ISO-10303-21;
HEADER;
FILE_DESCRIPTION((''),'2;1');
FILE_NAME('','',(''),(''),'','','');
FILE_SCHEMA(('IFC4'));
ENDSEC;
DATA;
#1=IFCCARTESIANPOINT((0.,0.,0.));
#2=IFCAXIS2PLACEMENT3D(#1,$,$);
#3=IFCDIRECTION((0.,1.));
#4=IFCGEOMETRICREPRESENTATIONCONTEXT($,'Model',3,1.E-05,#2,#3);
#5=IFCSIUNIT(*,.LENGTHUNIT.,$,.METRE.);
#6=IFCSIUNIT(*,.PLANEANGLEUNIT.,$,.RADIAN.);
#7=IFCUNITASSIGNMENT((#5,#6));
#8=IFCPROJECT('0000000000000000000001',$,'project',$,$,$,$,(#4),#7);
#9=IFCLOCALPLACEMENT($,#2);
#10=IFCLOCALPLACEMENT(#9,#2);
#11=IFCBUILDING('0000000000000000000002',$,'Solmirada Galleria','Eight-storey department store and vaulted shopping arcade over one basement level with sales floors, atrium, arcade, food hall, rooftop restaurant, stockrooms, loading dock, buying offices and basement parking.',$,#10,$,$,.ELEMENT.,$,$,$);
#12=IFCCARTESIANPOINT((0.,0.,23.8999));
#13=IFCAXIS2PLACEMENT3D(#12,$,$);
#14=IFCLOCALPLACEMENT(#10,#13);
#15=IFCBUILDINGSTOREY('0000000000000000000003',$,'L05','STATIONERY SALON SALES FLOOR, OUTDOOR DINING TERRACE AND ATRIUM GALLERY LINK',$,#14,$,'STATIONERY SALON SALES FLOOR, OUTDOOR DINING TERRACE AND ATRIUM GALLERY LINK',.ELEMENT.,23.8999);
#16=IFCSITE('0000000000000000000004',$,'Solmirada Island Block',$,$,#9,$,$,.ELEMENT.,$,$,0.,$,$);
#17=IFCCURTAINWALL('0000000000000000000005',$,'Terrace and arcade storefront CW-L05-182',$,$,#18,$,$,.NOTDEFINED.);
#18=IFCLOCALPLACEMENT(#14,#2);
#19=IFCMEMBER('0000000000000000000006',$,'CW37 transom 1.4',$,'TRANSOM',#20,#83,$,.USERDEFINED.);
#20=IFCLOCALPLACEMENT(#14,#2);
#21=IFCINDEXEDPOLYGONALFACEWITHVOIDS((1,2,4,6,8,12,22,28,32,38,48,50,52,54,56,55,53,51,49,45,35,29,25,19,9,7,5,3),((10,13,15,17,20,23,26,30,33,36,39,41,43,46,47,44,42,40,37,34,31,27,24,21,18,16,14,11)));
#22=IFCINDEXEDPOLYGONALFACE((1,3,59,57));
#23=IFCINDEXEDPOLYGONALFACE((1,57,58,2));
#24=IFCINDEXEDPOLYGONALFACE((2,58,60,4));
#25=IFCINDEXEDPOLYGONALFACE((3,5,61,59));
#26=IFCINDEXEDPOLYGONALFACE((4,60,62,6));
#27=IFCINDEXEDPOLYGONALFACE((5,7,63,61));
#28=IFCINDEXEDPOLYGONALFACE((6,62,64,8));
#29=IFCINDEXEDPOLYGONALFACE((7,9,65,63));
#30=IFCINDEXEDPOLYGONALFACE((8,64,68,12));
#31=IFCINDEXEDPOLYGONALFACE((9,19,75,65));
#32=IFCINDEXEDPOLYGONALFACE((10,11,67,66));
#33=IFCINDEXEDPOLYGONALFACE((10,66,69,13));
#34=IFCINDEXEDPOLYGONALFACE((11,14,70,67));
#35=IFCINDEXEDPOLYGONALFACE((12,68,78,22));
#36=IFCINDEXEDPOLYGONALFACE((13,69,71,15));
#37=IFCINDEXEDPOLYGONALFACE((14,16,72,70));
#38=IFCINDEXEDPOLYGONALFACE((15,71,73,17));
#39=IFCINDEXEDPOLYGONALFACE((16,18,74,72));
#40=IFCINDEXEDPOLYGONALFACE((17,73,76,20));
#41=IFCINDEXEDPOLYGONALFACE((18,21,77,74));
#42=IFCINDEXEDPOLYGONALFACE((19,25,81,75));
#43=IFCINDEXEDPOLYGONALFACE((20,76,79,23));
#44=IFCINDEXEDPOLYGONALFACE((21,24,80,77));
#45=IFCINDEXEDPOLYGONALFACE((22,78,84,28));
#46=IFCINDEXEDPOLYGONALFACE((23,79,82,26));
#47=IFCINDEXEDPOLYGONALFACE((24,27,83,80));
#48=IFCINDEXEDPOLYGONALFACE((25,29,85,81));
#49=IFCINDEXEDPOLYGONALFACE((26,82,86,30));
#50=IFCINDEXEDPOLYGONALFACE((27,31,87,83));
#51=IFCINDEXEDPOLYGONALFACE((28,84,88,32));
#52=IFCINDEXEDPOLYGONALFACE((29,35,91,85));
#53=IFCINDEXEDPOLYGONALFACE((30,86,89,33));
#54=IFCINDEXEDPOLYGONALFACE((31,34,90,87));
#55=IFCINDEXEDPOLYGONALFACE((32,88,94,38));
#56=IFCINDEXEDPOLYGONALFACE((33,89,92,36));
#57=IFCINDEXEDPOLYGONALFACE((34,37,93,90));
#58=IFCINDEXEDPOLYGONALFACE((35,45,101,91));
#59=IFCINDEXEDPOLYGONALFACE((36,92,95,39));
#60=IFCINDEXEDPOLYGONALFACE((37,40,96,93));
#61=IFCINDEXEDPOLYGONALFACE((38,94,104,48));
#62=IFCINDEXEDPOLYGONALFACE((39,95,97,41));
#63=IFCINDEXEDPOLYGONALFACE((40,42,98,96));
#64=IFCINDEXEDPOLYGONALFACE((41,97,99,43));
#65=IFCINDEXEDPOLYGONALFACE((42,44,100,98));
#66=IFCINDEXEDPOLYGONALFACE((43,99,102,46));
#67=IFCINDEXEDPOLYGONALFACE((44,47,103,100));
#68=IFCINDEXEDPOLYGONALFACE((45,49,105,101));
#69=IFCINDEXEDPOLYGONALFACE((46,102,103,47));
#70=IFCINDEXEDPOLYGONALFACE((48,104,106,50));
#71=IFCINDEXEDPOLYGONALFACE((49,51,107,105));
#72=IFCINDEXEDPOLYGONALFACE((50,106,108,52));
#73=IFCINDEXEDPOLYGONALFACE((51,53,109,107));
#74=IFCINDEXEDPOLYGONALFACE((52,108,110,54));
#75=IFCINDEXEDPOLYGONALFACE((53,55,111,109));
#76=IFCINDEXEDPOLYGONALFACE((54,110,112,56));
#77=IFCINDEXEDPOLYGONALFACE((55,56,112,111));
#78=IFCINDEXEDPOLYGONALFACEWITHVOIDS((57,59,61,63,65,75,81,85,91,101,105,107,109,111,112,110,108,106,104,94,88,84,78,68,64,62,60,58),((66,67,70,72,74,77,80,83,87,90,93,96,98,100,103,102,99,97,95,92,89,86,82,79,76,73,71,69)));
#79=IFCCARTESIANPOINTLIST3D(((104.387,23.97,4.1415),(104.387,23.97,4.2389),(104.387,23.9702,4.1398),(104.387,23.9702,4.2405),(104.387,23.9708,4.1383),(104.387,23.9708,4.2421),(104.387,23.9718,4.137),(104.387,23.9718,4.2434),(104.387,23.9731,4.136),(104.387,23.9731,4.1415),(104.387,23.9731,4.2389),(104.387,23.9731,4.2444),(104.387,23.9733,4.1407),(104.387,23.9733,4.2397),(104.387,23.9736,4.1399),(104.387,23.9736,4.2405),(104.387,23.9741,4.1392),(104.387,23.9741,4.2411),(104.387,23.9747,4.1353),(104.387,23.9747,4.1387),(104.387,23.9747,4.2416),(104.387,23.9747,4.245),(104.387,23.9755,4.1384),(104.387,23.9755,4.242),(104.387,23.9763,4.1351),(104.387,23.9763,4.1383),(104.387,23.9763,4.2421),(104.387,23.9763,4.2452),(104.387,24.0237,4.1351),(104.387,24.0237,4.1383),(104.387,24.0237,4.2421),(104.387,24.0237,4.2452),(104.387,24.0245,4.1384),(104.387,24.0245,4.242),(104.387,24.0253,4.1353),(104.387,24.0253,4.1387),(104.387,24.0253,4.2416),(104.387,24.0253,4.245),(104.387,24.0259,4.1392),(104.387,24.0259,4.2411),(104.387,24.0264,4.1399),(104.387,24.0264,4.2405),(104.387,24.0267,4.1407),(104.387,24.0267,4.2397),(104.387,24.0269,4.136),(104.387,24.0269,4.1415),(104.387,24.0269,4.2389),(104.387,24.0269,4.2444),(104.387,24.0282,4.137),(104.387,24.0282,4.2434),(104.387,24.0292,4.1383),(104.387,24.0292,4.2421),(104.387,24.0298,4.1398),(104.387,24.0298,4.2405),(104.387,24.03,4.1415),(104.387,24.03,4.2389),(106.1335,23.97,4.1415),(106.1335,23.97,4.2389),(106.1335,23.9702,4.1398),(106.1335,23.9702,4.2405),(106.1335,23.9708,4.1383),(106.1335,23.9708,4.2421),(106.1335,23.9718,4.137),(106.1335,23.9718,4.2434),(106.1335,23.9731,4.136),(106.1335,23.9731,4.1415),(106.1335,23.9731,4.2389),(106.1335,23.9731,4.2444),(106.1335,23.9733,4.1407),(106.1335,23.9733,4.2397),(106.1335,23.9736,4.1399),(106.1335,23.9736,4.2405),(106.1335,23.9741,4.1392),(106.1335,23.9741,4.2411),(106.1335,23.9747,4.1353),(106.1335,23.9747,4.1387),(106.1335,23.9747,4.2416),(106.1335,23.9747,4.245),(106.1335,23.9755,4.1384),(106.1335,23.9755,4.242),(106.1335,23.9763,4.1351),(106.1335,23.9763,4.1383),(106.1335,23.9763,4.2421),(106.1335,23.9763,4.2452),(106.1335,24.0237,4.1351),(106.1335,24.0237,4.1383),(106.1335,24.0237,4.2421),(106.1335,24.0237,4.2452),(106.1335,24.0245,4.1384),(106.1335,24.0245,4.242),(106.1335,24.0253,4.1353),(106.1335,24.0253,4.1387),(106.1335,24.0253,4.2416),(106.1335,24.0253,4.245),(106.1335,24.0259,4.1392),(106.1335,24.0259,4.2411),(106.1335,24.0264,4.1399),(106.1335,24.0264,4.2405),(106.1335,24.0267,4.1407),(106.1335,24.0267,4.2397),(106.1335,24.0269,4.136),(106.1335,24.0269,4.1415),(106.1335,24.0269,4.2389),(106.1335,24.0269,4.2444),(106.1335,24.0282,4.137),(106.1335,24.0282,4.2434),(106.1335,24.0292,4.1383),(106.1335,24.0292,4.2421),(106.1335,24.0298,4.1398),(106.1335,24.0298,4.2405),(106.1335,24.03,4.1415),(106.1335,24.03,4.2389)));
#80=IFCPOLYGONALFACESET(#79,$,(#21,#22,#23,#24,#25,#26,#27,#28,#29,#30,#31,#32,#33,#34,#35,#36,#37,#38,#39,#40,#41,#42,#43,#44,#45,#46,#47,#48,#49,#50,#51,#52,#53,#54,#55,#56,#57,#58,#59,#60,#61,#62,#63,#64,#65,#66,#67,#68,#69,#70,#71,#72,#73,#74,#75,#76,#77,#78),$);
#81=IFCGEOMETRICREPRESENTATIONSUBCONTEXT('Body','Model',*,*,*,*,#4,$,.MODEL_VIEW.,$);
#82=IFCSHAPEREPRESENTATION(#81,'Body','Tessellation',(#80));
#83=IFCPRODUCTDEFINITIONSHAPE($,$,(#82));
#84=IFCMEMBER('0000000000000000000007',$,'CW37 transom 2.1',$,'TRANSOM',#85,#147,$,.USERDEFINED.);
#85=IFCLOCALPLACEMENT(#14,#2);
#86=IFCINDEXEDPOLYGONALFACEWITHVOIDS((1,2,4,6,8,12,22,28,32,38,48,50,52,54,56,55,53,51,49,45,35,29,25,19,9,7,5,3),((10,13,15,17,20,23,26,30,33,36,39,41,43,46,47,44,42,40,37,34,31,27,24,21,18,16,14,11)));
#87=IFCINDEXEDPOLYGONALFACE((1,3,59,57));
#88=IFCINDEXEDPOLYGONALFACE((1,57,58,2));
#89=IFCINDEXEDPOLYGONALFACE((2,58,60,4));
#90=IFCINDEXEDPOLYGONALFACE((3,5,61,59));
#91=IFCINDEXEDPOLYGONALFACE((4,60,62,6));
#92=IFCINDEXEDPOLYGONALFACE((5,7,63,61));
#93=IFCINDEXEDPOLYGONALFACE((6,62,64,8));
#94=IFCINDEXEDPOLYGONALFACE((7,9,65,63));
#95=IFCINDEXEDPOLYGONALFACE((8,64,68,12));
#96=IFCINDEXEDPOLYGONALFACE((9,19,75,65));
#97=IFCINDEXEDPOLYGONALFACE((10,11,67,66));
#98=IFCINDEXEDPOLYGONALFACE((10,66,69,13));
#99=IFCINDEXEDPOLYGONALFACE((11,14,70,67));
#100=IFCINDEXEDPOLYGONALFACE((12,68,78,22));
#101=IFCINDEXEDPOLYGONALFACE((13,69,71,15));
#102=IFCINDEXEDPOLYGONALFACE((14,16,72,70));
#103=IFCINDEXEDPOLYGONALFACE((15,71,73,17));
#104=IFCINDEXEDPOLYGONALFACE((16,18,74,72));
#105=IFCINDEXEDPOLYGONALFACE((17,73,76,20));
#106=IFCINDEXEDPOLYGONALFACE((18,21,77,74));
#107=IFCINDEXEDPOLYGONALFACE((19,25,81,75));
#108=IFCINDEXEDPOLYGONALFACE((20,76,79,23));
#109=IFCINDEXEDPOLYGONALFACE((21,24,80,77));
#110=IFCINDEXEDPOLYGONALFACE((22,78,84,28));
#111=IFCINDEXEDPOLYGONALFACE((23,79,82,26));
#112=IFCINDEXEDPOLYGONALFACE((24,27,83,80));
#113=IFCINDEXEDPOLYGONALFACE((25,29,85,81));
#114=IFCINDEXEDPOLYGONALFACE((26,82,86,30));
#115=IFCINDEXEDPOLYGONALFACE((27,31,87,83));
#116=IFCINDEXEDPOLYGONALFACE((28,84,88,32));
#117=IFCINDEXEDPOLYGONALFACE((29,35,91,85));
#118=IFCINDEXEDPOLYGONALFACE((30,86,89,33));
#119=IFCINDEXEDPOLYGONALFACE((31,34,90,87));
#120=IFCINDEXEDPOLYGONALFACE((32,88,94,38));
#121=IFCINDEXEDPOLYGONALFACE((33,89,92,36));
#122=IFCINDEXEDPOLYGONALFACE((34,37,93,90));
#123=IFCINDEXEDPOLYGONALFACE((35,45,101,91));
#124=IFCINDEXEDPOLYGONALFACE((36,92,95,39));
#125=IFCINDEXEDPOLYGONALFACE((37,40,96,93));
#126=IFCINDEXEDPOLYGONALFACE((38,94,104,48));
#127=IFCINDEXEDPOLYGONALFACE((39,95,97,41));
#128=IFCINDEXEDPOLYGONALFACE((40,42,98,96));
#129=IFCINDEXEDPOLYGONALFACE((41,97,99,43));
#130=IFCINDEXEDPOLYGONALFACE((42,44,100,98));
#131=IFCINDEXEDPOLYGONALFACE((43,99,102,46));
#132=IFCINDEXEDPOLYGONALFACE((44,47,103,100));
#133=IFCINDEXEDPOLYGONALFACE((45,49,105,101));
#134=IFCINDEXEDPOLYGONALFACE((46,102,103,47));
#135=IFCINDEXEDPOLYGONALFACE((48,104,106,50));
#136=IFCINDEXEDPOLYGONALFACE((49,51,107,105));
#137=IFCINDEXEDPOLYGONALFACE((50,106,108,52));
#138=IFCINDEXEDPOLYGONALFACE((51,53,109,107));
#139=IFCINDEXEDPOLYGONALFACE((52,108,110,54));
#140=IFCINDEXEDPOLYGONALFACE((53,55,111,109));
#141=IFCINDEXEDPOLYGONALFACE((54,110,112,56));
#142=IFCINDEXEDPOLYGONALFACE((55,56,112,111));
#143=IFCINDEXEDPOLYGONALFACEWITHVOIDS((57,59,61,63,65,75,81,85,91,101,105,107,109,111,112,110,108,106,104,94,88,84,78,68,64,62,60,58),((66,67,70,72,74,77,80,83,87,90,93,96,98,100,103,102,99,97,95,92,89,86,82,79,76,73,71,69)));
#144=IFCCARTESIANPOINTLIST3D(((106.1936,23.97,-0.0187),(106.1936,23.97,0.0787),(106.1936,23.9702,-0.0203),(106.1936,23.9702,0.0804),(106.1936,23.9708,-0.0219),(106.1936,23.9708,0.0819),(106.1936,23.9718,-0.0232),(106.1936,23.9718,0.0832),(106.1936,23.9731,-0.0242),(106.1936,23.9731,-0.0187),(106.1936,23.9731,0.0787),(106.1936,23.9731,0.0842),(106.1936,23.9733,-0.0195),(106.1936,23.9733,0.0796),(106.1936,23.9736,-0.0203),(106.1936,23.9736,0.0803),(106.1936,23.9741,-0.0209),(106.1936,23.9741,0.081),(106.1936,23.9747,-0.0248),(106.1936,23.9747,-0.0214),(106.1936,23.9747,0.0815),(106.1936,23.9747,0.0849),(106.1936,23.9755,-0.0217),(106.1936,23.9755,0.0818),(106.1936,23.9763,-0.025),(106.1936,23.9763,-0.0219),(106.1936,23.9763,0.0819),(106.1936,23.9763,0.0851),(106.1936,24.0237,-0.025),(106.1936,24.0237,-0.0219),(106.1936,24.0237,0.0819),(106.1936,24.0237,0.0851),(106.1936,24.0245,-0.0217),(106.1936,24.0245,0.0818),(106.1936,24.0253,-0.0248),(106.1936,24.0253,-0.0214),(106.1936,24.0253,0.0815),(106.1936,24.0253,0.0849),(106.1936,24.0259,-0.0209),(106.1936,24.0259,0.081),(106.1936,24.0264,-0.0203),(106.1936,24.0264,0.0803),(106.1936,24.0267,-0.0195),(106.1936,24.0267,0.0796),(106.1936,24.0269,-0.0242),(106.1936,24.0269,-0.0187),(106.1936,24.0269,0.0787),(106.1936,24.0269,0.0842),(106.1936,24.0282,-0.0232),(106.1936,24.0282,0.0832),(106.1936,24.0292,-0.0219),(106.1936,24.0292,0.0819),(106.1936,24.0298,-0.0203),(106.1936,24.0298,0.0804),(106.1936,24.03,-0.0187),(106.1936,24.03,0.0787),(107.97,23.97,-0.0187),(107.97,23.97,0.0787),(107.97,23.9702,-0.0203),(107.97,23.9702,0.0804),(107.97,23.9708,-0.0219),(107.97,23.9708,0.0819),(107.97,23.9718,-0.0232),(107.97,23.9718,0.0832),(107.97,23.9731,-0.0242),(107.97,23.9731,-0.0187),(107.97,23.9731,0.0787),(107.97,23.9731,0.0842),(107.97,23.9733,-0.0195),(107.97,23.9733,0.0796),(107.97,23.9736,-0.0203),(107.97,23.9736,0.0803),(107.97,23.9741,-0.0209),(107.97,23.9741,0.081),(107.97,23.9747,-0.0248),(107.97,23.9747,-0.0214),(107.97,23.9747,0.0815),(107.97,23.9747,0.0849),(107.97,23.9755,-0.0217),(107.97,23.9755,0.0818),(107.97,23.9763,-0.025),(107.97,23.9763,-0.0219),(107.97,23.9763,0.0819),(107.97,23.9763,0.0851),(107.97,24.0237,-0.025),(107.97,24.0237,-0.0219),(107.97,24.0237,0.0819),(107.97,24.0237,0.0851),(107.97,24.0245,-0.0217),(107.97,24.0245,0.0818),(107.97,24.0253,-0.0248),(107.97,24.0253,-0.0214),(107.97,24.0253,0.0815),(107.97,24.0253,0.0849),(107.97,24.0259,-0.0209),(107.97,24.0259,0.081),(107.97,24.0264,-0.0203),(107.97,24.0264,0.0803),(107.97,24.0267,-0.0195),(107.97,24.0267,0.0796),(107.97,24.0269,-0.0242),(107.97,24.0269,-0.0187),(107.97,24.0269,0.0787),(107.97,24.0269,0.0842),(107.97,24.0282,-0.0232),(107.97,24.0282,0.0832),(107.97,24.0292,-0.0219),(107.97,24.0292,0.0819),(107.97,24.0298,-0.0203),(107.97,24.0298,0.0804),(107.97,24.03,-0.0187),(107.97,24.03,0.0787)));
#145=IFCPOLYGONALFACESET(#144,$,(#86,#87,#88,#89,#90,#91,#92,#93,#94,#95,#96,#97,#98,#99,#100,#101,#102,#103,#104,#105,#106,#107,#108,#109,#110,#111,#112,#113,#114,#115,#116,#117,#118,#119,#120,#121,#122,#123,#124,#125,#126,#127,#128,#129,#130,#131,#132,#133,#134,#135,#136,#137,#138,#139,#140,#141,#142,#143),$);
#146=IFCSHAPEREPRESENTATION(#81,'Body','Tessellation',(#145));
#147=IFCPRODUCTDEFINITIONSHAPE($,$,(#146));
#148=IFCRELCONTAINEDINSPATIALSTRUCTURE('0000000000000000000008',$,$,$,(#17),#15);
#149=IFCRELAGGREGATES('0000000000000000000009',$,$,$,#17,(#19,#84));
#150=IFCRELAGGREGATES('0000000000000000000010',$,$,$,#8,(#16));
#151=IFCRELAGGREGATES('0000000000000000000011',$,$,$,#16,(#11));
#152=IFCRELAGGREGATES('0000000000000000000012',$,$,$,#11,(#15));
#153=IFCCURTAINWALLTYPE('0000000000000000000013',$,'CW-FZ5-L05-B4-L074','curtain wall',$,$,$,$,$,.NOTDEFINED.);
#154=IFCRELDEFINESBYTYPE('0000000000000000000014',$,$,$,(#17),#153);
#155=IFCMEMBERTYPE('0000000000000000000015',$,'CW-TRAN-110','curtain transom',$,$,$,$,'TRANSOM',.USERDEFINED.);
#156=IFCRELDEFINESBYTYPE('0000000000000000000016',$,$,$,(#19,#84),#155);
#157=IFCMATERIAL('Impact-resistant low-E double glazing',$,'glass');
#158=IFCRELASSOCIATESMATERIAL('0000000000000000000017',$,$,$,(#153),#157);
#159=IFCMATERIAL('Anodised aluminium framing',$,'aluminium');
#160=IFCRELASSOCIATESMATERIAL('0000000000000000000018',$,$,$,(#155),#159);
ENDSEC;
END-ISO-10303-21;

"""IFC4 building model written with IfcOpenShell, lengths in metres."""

from ifc_helpers import new_model, si_unit, direction, frame, origin, origin_2d, place, context, subcontext, project, spatial, hollow_rectangle, extrude, material, material_profile, profile_set, type_object, element, aggregate, save


model = new_model("IFC4")

# Units and contexts
model_context = context("Model", 3, precision=1e-05, world=origin(), true_north=direction((0.0, 1.0)))
body_context = subcontext(model_context, "Body", "Model", "MODEL_VIEW")
ifc_project = project(units=[si_unit("LENGTHUNIT", "METRE"), si_unit("PLANEANGLEUNIT", "RADIAN")], contexts=[model_context])

# Site, building, storey
site_placement = place(None, origin())
site = spatial("IfcSite", under=ifc_project, at=site_placement, Name="Solmirada Island Block", CompositionType="ELEMENT", RefElevation=0.0)
building_placement = place(site_placement, origin())
building = spatial("IfcBuilding", under=site, at=building_placement, Name="Solmirada Galleria", Description="Eight-storey department store and vaulted shopping arcade over one basement level with sales floors, atrium, arcade, food hall, rooftop restaurant, stockrooms, loading dock, buying offices and basement parking.", CompositionType="ELEMENT")
storey_placement = place(building_placement, frame((0.0, 0.0, 23.8999)))
storey = spatial("IfcBuildingStorey", under=building, at=storey_placement, Name="L05", Description="STATIONERY SALON SALES FLOOR, OUTDOOR DINING TERRACE AND ATRIUM GALLERY LINK", LongName="STATIONERY SALON SALES FLOOR, OUTDOOR DINING TERRACE AND ATRIUM GALLERY LINK", CompositionType="ELEMENT", Elevation=23.8999)

# Curtain wall
ifc_material_1 = material(Name="Impact-resistant low-E double glazing", Category="glass")
ifc_material_2 = material(Name="Anodised aluminium framing", Category="aluminium")
curtain_wall_type_1 = type_object("IfcCurtainWallType", Name="CW-FZ5-L05-B4-L074", Description="curtain wall", PredefinedType="NOTDEFINED", material=ifc_material_1)
curtain_wall_1_placement = place(storey_placement, origin())
curtain_wall_1 = element("IfcCurtainWall", 1, at=curtain_wall_1_placement, inside=storey, type_object=curtain_wall_type_1, Name="Terrace and arcade storefront CW-L05-182", PredefinedType="NOTDEFINED")

# Members
ifc_material_profile_1 = material_profile(ifc_material_2, hollow_rectangle(XDim=0.0601, YDim=0.1101, WallThickness=0.0032, InnerFilletRadius=0.0032, OuterFilletRadius=0.0063, at=origin_2d()), Name="ALU-TRAN-110X60")
ifc_profile_set_1 = profile_set([ifc_material_profile_1], Name="Anodised aluminium framing")
member_type_1 = type_object("IfcMemberType", Name="CW-TRAN-110", Description="curtain transom", ElementType="TRANSOM", PredefinedType="USERDEFINED", material=ifc_profile_set_1)
member_1_placement = place(storey_placement, frame((104.387, 24.0, 4.1902), z_axis=(1.0, 0.0, 0.0), x_axis=(0.0, 1.0, 0.0)))
member_1 = element("IfcMember", 2, at=member_1_placement, type_object=member_type_1, Name="CW37 transom 1.4", ObjectType="TRANSOM", PredefinedType="USERDEFINED", context=body_context, shape_type="SweptSolid", body=[
    extrude(hollow_rectangle(XDim=0.0601, YDim=0.1101, WallThickness=0.0032, InnerFilletRadius=0.0032, OuterFilletRadius=0.0063, at=origin_2d()), origin(), (0.0, 0.0, 1.0), 1.7466),
])
member_2_placement = place(storey_placement, frame((106.1936, 24.0, 0.03), z_axis=(1.0, 0.0, 0.0), x_axis=(0.0, 1.0, 0.0)))
member_2 = element("IfcMember", 3, at=member_2_placement, type_object=member_type_1, Name="CW37 transom 2.1", ObjectType="TRANSOM", PredefinedType="USERDEFINED", context=body_context, shape_type="SweptSolid", body=[
    extrude(hollow_rectangle(XDim=0.0601, YDim=0.1101, WallThickness=0.0032, InnerFilletRadius=0.0032, OuterFilletRadius=0.0063, at=origin_2d()), origin(), (0.0, 0.0, 1.0), 1.7764),
])

aggregate(curtain_wall_1, [member_1, member_2])

save(model, "model.ifc")
